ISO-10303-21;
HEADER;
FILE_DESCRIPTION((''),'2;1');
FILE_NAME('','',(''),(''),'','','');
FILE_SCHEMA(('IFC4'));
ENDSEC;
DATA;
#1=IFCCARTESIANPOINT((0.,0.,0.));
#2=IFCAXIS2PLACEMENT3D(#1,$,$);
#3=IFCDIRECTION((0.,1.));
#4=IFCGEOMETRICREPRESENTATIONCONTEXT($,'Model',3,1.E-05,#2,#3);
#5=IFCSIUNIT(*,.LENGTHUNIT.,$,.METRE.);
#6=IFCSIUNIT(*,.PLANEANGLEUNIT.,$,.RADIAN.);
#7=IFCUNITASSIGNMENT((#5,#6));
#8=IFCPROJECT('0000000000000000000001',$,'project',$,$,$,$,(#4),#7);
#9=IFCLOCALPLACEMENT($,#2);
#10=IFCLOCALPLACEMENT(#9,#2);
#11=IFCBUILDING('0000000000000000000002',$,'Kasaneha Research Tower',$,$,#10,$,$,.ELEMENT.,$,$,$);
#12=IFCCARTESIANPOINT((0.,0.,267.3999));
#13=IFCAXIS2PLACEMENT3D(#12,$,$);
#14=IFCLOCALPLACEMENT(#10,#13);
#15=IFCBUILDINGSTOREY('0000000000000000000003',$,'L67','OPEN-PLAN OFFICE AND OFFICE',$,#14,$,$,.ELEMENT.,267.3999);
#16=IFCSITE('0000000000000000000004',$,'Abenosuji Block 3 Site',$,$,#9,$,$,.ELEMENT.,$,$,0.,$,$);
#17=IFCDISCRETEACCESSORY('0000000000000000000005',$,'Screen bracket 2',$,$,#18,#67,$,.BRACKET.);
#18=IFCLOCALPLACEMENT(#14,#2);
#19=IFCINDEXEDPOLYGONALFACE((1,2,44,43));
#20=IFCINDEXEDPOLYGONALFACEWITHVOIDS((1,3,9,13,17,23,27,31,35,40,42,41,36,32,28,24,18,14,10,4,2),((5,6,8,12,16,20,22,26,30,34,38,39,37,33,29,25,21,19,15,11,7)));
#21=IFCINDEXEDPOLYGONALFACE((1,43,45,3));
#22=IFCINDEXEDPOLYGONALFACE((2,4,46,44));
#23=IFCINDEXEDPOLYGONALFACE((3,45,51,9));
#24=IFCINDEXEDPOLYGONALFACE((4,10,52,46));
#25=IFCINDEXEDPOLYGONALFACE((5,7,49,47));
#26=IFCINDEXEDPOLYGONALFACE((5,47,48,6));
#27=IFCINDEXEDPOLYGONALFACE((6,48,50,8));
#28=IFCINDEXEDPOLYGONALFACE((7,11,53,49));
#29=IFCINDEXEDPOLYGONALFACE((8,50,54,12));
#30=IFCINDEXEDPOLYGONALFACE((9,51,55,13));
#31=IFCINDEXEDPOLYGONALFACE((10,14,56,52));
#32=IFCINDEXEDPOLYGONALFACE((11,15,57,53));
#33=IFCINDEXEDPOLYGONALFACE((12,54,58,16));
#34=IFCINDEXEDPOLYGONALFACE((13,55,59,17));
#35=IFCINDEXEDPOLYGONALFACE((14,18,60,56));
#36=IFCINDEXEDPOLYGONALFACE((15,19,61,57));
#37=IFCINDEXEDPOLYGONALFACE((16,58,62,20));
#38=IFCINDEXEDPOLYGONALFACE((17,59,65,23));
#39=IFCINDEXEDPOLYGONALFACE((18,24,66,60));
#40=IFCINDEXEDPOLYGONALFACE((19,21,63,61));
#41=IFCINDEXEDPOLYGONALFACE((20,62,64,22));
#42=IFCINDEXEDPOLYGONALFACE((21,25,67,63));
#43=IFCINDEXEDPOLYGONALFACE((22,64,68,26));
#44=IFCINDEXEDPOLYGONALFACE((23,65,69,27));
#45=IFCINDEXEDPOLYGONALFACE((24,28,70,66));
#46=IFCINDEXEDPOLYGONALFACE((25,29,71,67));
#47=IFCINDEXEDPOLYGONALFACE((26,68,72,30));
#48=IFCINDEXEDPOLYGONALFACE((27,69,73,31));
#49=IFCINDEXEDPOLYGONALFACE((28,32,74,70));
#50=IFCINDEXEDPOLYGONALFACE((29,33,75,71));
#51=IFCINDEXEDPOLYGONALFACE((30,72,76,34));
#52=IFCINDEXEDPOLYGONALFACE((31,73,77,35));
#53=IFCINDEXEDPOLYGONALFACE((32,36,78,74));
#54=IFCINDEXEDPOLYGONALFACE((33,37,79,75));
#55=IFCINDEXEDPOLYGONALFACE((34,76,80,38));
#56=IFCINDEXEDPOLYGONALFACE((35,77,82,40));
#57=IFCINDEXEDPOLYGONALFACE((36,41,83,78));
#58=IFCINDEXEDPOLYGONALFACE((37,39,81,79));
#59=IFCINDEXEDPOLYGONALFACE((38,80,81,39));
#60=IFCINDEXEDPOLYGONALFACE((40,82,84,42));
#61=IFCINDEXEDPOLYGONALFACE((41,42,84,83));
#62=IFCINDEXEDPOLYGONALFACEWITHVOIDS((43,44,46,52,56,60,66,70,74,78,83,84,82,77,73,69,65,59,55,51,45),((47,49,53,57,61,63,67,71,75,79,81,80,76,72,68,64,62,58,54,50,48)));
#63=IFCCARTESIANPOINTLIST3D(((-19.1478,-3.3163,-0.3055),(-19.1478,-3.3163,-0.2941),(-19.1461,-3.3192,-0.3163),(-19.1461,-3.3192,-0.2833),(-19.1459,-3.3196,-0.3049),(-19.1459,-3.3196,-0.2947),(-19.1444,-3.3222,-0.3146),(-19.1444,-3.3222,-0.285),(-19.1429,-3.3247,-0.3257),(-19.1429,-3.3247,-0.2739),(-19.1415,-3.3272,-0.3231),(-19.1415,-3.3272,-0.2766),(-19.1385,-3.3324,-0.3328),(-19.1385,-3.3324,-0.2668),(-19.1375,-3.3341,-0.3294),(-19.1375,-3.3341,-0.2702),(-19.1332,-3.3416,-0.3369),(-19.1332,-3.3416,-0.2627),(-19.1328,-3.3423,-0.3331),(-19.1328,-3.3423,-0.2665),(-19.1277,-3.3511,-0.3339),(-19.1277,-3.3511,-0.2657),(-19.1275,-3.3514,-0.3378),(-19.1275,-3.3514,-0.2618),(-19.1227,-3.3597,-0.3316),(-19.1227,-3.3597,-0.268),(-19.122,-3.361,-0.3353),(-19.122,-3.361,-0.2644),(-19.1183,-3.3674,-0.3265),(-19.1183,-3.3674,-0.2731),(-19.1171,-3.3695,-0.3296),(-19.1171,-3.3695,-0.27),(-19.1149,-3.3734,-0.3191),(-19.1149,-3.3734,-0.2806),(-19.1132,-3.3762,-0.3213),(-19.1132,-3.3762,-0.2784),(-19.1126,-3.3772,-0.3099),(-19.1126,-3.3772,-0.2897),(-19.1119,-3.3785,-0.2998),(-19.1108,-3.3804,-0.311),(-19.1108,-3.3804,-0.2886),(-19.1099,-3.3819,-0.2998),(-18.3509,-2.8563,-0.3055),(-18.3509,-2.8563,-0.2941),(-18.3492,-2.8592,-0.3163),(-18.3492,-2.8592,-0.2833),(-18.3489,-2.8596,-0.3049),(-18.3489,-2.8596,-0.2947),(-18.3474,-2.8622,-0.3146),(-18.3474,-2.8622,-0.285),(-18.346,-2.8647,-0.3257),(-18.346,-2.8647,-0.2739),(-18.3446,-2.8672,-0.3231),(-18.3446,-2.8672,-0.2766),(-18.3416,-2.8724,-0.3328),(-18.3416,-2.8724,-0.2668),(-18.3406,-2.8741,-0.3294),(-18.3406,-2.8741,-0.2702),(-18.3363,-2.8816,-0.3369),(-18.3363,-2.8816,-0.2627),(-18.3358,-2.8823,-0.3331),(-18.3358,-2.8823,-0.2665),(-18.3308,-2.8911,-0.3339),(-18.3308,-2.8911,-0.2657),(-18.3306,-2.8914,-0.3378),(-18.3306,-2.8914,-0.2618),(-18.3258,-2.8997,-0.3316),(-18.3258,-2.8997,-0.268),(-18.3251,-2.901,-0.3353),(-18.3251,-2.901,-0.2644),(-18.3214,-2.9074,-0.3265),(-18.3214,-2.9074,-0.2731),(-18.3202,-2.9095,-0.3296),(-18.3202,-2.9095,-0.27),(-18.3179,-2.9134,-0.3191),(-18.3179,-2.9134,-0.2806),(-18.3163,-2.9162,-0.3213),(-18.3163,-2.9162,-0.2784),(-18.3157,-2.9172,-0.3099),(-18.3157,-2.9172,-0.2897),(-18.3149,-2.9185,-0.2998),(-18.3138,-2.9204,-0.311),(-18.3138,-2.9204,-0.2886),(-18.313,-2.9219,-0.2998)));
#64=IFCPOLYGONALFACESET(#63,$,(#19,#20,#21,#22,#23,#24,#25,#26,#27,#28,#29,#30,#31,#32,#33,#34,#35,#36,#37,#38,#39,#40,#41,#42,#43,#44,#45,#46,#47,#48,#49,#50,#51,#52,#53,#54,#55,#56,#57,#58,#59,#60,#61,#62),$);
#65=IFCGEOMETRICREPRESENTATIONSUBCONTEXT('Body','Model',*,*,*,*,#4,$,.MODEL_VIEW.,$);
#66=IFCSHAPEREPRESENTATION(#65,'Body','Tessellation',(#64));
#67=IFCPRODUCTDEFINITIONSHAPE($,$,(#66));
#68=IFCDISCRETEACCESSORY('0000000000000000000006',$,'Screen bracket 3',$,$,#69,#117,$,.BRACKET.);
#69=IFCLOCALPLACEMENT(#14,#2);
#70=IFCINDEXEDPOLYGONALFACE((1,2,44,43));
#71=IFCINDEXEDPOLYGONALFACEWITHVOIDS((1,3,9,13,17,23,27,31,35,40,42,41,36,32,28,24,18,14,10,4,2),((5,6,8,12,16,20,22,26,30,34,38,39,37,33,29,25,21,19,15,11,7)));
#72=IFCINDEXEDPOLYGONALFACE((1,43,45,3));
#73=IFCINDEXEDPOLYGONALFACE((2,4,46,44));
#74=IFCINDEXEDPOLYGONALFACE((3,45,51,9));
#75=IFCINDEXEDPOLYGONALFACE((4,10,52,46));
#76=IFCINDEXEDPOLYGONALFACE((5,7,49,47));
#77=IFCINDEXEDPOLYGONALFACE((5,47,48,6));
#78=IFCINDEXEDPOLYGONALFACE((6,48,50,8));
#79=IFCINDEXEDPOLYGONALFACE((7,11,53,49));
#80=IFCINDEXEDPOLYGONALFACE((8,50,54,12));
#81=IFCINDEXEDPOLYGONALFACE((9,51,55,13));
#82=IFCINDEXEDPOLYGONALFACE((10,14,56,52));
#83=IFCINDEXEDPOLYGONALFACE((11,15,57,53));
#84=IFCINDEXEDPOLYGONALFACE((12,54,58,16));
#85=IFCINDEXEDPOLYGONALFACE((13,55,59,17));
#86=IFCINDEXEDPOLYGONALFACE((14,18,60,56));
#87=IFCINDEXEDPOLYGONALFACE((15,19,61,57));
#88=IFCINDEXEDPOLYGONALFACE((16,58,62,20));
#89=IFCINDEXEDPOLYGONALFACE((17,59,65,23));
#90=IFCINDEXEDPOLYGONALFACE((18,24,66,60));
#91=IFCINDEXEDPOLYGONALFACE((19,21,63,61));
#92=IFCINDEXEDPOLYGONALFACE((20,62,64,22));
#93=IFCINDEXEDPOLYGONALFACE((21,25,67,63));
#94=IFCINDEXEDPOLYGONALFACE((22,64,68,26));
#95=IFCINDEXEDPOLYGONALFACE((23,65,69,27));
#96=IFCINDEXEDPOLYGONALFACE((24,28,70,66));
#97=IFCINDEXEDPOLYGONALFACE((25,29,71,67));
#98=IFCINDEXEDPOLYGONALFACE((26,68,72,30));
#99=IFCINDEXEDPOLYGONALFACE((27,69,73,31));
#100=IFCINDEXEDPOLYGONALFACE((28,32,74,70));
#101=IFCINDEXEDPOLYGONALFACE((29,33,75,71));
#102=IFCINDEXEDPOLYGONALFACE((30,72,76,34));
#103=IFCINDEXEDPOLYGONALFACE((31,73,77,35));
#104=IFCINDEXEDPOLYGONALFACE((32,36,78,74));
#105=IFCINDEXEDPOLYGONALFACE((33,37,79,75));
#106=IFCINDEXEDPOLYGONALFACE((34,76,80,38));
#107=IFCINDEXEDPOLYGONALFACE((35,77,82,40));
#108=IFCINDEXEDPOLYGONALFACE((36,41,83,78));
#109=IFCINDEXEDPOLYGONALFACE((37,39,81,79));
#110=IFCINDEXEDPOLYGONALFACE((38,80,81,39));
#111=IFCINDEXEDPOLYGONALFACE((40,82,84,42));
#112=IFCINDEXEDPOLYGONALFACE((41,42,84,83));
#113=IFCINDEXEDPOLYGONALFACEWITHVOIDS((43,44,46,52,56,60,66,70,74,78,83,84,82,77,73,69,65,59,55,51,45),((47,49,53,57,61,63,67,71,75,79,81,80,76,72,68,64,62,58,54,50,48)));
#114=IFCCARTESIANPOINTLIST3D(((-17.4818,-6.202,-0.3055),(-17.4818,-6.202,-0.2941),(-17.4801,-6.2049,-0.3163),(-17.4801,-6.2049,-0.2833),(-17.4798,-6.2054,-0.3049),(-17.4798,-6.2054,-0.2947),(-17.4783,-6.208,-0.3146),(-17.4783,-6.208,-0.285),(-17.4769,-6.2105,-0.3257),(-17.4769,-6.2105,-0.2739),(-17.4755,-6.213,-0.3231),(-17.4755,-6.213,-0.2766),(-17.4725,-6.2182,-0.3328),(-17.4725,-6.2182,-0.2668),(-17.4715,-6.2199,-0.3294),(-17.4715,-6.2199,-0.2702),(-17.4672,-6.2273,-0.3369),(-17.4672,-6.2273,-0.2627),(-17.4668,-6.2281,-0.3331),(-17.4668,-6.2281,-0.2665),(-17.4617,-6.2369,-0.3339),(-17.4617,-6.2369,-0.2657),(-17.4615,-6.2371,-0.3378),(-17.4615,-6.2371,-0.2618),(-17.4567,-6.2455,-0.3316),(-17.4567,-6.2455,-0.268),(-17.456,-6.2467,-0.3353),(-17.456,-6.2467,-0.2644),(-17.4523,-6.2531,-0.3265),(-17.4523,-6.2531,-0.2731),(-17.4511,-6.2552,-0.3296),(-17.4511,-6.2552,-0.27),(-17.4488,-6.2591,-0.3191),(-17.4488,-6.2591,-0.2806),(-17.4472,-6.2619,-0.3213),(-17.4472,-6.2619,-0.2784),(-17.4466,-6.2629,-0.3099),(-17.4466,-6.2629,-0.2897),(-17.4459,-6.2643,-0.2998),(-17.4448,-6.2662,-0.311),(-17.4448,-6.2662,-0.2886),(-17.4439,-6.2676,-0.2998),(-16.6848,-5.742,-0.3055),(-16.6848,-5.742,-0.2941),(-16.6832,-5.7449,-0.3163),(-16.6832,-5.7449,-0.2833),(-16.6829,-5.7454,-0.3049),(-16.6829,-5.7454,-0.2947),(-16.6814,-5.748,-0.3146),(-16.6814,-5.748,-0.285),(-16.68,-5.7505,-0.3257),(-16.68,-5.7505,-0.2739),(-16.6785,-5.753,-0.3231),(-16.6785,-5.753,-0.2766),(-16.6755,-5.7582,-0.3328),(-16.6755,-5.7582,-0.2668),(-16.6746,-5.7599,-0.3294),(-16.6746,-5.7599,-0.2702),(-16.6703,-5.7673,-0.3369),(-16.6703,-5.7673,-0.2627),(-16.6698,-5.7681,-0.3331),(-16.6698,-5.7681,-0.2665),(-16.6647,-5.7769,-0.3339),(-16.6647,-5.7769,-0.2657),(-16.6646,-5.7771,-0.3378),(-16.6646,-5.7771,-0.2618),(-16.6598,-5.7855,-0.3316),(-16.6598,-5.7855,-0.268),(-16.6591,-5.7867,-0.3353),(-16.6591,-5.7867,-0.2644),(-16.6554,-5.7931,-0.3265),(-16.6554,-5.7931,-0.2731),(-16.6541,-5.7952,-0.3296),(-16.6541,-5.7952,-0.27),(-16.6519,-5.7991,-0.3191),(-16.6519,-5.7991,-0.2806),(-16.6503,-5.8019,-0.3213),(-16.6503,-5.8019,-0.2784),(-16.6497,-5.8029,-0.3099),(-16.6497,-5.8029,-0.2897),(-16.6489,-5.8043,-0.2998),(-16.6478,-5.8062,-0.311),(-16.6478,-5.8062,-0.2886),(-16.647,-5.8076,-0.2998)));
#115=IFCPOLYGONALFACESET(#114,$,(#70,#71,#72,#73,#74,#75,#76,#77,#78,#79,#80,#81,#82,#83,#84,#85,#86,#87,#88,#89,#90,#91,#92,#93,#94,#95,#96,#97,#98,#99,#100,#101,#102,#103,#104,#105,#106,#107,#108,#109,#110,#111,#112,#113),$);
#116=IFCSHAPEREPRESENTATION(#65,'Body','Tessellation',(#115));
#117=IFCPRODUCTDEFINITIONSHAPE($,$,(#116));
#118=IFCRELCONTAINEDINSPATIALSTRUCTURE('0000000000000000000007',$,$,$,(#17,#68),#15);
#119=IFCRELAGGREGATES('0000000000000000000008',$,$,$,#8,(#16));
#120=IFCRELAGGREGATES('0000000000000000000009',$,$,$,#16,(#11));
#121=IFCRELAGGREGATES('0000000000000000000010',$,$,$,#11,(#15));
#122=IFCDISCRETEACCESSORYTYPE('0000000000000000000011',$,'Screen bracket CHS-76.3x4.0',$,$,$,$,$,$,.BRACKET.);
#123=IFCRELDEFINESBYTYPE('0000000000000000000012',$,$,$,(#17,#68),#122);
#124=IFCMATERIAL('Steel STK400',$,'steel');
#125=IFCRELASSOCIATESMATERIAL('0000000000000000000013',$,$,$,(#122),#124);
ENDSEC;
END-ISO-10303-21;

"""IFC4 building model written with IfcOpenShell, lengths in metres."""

from ifc_helpers import new_model, si_unit, direction, frame, origin, origin_2d, place, context, subcontext, project, spatial, hollow_circle, extrude, material, material_profile, profile_set, type_object, element, save


model = new_model("IFC4")

# Units and contexts
model_context = context("Model", 3, precision=1e-05, world=origin(), true_north=direction((0.0, 1.0)))
body_context = subcontext(model_context, "Body", "Model", "MODEL_VIEW")
ifc_project = project(units=[si_unit("LENGTHUNIT", "METRE"), si_unit("PLANEANGLEUNIT", "RADIAN")], contexts=[model_context])

# Site, building, storey
site_placement = place(None, origin())
site = spatial("IfcSite", under=ifc_project, at=site_placement, Name="Abenosuji Block 3 Site", CompositionType="ELEMENT", RefElevation=0.0)
building_placement = place(site_placement, origin())
building = spatial("IfcBuilding", under=site, at=building_placement, Name="Kasaneha Research Tower", CompositionType="ELEMENT")
storey_placement = place(building_placement, frame((0.0, 0.0, 267.3999)))
storey = spatial("IfcBuildingStorey", under=building, at=storey_placement, Name="L67", Description="OPEN-PLAN OFFICE AND OFFICE", CompositionType="ELEMENT", Elevation=267.3999)

# Discrete accessories
ifc_material_1 = material(Name="Steel STK400", Category="steel")
ifc_material_profile_1 = material_profile(ifc_material_1, hollow_circle(Radius=0.0381, WallThickness=0.0039, at=origin_2d()), Name="CHS-76.3x4.0")
ifc_profile_set_1 = profile_set([ifc_material_profile_1], Name="Steel STK400")
discrete_accessory_type = type_object("IfcDiscreteAccessoryType", Name="Screen bracket CHS-76.3x4.0", PredefinedType="BRACKET", material=ifc_profile_set_1)
for number, where, z_axis, x_axis, name in (
    (1, (-18.332, -2.8889, -0.2998), (-0.86608, -0.499906, 0.0), (0.499906, -0.86608, 0.0), "Screen bracket 2"),
    (2, (-16.666, -5.7747, -0.2998), (-0.86608, -0.499906, 0.0), (0.499906, -0.86608, 0.0), "Screen bracket 3"),
):
    element("IfcDiscreteAccessory", number, at=place(storey_placement, frame(where, z_axis=z_axis, x_axis=x_axis)), inside=storey, type_object=discrete_accessory_type, Name=name, PredefinedType="BRACKET", context=body_context, shape_type="SweptSolid", body=[
        extrude(hollow_circle(Radius=0.0381, WallThickness=0.0039, at=origin_2d()), origin(), (0.0, 0.0, 1.0), 0.9202),
    ])

save(model, "model.ifc")
